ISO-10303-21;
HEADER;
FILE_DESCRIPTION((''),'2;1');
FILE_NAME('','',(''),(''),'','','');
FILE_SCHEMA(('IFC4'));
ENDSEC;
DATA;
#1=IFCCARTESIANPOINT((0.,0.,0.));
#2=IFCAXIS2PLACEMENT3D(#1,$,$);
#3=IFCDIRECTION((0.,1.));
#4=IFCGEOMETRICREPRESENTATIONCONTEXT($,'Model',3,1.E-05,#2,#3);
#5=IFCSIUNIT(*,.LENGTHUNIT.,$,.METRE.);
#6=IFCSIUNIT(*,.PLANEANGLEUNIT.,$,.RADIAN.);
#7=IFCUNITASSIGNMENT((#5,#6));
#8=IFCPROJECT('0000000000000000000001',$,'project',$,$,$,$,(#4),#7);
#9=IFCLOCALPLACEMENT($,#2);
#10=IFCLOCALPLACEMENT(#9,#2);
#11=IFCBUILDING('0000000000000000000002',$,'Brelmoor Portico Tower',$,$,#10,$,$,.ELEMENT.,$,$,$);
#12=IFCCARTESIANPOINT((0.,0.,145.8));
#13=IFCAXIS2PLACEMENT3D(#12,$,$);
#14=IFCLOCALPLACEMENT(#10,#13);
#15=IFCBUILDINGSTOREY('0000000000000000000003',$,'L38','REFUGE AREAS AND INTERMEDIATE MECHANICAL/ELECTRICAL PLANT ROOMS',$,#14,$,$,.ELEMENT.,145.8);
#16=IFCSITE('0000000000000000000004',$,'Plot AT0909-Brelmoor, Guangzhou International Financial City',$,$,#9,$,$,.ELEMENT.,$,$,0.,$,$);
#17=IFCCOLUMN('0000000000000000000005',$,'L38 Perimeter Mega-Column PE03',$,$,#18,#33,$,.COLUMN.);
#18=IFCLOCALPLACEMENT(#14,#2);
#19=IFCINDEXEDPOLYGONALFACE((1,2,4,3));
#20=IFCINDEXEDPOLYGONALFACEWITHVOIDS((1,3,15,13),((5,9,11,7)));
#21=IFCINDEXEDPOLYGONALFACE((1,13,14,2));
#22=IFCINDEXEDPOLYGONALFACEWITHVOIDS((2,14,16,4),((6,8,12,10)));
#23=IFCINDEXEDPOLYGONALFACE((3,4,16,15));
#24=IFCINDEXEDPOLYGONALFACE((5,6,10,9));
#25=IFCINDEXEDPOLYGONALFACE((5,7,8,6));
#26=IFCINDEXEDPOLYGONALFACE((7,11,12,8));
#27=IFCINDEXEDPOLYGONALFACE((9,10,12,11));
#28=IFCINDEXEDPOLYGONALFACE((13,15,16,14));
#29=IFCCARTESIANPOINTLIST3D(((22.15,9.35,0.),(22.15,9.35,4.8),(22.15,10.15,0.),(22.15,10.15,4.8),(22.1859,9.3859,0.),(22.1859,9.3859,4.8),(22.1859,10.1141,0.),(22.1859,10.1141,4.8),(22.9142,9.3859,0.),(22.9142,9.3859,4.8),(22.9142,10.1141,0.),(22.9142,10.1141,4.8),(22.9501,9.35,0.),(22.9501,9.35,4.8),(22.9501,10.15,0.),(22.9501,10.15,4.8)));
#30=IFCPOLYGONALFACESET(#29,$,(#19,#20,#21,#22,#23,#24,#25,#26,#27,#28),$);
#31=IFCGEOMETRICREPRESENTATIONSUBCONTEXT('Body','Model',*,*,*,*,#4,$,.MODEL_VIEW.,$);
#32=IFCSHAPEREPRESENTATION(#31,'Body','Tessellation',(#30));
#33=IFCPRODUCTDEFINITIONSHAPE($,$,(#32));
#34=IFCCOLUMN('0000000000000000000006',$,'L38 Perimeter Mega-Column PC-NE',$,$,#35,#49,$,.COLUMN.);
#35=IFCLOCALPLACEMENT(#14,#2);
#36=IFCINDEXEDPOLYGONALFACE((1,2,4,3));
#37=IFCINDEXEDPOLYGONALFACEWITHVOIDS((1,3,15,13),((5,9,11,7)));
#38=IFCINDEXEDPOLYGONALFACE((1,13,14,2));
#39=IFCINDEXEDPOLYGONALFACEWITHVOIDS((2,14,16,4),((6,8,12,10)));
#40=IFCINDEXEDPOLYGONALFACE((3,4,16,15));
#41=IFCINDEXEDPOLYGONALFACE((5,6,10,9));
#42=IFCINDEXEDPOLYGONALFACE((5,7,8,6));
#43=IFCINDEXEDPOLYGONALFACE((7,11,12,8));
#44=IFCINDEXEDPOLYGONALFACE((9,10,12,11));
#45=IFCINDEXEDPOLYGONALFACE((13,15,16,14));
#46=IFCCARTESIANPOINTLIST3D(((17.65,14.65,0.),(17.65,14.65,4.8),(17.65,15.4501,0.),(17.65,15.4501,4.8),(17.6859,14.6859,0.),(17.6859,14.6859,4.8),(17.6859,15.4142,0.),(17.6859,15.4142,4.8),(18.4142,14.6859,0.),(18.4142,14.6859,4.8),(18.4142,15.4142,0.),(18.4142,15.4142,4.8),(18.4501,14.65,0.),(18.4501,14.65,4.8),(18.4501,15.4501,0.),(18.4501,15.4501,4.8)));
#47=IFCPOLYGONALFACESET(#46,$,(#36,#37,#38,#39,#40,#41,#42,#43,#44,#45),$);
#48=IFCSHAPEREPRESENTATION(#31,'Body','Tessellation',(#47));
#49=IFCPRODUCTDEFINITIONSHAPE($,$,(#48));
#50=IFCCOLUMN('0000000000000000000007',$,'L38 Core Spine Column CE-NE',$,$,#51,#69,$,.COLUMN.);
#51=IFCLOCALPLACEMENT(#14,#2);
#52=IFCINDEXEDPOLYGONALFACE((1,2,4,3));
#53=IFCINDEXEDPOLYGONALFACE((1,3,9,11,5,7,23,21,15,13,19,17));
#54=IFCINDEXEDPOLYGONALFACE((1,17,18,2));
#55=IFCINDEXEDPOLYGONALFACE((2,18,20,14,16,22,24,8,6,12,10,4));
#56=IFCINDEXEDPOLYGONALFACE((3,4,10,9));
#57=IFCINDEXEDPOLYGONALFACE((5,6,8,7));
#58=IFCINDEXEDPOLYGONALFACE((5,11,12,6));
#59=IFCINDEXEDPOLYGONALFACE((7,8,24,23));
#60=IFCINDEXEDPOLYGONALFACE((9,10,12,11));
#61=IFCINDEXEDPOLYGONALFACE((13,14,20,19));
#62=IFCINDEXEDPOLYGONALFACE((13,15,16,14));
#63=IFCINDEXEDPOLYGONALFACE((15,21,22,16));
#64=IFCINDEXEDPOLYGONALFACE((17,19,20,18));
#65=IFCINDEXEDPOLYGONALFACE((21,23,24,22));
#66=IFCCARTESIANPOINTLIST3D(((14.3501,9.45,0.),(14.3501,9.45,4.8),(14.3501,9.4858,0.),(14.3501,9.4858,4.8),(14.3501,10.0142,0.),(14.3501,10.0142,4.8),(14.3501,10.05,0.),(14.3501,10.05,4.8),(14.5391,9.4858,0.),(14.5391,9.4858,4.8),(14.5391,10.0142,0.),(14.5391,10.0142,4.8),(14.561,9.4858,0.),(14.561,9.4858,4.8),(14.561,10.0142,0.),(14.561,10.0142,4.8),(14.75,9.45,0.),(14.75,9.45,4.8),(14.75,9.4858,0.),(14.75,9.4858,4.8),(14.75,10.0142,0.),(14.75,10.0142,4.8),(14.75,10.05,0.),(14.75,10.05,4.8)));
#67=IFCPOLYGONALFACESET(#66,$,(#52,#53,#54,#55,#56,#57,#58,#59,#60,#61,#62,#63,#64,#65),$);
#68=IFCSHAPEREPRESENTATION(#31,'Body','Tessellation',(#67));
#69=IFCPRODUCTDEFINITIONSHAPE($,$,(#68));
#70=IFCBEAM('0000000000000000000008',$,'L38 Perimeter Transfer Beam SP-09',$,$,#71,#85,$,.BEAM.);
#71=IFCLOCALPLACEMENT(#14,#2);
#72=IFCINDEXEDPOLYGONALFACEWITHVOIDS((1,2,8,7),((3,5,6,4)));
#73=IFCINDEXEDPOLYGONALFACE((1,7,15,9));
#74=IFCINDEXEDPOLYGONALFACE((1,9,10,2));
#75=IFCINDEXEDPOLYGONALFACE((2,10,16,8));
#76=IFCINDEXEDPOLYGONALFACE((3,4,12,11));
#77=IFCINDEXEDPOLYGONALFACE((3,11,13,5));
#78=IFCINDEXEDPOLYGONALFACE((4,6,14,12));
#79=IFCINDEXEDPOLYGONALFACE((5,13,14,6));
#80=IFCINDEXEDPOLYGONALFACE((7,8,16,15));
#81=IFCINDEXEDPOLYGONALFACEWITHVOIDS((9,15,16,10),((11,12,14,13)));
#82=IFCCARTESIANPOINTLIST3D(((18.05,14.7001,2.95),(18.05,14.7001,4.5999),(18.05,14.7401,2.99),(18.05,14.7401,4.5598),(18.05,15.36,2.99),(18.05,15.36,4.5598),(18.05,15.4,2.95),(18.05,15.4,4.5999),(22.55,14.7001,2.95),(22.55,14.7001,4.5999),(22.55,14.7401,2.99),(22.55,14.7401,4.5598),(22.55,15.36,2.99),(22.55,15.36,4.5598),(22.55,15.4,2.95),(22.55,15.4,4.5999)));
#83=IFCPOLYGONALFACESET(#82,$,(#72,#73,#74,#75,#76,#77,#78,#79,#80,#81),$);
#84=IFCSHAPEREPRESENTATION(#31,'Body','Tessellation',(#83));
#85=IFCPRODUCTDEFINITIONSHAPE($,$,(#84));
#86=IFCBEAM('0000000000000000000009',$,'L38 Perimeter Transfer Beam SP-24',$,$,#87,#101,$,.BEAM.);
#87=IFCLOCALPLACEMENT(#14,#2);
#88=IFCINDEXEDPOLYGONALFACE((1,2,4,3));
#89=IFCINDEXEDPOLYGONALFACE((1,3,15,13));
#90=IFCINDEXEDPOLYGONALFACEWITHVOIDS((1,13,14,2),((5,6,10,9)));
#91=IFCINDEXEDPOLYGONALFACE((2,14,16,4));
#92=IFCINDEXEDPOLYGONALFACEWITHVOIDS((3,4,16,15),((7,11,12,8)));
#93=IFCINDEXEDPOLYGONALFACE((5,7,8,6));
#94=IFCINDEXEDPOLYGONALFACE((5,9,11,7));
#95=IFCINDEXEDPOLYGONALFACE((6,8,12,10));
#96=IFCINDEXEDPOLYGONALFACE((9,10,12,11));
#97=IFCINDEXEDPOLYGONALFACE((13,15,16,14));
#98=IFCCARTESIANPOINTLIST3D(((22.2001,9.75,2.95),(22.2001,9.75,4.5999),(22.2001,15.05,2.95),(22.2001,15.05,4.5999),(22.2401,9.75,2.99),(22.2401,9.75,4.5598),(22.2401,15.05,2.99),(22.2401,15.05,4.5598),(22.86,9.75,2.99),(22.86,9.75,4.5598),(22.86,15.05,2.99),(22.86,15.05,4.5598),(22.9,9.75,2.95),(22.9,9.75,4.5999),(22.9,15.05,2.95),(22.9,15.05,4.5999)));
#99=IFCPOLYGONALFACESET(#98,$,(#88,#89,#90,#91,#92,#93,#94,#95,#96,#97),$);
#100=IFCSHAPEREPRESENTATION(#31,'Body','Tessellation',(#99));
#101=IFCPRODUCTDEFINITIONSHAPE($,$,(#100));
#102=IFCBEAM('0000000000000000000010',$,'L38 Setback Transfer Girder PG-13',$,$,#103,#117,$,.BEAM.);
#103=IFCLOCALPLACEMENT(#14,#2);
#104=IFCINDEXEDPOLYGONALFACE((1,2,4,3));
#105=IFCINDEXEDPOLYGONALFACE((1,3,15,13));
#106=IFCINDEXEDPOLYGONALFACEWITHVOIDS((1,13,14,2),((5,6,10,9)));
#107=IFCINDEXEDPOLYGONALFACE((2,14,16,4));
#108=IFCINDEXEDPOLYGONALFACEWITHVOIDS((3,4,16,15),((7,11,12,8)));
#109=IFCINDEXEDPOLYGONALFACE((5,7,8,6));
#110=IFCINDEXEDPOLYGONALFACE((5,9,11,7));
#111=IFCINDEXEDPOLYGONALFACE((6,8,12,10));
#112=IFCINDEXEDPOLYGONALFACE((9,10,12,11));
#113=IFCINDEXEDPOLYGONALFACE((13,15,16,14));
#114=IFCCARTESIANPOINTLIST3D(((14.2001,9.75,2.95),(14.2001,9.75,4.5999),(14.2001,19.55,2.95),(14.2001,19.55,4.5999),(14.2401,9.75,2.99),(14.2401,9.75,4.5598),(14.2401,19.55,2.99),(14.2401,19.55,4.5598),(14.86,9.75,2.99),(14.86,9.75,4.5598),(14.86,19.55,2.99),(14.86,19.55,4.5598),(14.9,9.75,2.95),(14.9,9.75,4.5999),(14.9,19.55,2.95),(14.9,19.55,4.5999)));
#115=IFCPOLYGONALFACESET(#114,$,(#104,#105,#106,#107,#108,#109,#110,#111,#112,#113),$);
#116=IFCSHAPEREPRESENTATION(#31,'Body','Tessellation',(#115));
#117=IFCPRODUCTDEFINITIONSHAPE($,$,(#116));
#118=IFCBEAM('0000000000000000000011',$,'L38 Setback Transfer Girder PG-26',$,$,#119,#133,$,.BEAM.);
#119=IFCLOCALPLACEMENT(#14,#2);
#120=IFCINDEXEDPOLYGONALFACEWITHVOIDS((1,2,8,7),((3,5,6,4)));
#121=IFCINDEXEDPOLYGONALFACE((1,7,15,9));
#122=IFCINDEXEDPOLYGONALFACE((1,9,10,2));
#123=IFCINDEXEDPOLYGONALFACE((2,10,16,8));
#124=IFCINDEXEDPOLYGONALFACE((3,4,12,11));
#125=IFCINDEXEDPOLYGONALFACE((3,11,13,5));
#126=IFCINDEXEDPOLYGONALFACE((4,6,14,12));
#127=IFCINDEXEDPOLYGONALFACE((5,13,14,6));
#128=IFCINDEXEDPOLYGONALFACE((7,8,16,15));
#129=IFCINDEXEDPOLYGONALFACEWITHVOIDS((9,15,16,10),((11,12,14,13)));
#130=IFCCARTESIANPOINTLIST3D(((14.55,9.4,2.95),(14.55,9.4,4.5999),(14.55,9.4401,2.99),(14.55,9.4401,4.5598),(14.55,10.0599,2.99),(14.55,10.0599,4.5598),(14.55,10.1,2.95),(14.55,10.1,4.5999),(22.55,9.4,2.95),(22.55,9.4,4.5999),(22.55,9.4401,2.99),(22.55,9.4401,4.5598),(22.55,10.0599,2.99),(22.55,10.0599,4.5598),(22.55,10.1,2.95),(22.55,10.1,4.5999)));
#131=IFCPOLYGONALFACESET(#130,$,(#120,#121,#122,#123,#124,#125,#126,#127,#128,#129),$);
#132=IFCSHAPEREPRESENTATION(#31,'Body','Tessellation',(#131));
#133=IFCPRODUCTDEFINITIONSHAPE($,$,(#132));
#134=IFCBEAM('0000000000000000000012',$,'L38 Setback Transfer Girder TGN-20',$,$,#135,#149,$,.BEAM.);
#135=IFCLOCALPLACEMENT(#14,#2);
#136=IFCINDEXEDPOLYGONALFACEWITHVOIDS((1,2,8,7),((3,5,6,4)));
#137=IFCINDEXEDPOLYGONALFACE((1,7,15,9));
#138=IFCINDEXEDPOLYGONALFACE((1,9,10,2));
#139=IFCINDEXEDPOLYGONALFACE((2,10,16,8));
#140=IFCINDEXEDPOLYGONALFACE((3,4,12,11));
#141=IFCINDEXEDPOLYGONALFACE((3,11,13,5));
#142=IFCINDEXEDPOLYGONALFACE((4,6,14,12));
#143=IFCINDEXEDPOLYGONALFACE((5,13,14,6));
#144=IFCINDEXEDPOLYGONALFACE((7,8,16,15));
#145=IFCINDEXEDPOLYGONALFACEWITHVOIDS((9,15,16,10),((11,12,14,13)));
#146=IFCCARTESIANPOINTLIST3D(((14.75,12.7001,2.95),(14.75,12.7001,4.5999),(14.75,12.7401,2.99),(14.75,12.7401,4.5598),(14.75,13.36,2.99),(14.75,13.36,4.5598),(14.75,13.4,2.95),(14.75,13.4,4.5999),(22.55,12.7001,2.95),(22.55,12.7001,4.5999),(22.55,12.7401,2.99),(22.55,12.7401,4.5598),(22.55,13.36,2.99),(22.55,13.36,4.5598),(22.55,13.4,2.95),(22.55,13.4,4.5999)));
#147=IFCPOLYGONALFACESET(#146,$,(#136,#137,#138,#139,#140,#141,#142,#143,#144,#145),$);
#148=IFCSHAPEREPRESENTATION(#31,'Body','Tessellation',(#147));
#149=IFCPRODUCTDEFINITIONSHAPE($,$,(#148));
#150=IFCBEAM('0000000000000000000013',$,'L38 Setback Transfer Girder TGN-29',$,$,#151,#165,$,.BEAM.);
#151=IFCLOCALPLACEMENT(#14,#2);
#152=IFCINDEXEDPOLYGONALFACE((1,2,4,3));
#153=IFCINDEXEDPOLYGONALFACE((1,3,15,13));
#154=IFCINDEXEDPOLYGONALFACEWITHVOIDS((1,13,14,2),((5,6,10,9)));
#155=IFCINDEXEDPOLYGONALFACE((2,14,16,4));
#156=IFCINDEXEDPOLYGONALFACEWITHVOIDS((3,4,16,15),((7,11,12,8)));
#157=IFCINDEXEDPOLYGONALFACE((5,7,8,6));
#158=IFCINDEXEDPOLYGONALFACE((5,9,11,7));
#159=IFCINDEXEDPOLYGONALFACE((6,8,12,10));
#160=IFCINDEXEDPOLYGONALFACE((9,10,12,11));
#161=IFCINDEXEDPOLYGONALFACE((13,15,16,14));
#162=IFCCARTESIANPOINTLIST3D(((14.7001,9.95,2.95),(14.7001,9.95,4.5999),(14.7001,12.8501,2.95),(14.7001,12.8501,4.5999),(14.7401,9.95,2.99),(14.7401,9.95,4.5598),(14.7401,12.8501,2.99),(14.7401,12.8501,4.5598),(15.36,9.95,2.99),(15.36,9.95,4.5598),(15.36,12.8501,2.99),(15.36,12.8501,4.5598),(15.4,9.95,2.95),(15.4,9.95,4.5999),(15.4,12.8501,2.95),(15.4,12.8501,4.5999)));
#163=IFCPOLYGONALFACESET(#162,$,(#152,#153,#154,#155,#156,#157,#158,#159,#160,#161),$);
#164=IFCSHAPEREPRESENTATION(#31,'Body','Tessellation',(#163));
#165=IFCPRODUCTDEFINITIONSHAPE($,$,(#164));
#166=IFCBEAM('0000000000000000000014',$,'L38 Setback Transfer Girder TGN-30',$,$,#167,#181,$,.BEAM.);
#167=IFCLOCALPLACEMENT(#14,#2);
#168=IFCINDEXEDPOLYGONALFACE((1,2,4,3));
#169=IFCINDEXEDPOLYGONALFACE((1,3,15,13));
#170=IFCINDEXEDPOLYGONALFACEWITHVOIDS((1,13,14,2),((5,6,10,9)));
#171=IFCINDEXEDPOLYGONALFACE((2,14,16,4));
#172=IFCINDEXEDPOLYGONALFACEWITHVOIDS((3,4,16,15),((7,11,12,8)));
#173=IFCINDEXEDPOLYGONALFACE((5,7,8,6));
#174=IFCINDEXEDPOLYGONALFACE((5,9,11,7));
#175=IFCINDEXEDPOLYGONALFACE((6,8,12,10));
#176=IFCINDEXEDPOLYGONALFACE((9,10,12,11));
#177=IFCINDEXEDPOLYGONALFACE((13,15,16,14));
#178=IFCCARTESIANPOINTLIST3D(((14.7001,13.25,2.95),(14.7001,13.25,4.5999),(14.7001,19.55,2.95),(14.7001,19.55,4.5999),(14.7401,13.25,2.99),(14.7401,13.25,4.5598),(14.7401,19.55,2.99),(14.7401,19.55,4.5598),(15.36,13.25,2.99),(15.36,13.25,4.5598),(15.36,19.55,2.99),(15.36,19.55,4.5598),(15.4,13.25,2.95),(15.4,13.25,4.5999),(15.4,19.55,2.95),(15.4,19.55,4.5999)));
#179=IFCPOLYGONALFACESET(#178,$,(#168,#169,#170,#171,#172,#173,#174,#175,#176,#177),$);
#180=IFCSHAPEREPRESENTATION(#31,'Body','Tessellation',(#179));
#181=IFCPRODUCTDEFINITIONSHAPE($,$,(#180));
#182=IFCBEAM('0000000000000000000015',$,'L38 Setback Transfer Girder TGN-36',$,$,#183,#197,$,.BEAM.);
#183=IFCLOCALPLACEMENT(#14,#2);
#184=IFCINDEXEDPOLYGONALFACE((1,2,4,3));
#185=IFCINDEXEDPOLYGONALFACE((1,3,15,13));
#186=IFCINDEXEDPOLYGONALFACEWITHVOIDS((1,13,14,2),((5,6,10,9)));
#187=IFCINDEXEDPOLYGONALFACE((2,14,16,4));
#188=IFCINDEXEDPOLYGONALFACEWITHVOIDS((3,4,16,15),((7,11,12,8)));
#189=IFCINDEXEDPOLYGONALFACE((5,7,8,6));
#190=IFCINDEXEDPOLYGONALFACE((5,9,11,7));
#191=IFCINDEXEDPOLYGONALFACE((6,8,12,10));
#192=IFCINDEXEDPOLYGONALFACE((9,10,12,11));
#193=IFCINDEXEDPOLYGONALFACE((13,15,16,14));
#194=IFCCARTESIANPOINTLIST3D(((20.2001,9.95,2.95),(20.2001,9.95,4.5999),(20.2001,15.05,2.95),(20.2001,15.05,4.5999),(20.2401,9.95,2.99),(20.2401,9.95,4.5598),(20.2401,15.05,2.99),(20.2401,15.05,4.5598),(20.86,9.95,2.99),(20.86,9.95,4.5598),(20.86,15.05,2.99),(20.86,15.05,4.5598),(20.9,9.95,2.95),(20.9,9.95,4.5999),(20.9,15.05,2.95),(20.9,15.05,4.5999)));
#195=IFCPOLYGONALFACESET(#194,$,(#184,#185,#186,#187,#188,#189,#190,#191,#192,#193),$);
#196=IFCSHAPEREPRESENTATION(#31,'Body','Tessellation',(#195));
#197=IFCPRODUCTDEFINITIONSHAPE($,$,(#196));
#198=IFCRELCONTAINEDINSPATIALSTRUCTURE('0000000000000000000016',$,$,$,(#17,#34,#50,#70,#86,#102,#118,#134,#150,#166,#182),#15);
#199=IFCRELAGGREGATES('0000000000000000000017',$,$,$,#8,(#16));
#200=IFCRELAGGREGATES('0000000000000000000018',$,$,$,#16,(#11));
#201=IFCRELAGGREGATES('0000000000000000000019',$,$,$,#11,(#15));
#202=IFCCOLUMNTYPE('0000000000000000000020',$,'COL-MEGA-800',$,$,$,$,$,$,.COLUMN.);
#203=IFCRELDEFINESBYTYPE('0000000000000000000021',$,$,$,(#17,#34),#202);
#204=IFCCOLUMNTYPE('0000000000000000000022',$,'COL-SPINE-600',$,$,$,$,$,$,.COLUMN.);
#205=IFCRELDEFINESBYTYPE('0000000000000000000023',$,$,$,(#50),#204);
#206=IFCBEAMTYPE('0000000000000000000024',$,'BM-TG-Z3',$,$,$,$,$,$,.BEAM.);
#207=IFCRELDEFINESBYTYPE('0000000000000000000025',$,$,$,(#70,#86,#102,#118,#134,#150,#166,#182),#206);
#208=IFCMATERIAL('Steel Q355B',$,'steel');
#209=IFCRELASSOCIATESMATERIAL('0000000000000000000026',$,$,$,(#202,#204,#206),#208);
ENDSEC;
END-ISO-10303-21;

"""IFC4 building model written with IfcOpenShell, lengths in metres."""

from ifc_helpers import new_model, si_unit, direction, frame, origin, origin_2d, place, context, subcontext, project, spatial, hollow_rectangle, i_section, extrude, material, material_profile, profile_set, type_object, element, save


model = new_model("IFC4")

# Units and contexts
model_context = context("Model", 3, precision=1e-05, world=origin(), true_north=direction((0.0, 1.0)))
body_context = subcontext(model_context, "Body", "Model", "MODEL_VIEW")
ifc_project = project(units=[si_unit("LENGTHUNIT", "METRE"), si_unit("PLANEANGLEUNIT", "RADIAN")], contexts=[model_context])

# Site, building, storey
site_placement = place(None, origin())
site = spatial("IfcSite", under=ifc_project, at=site_placement, Name="Plot AT0909-Brelmoor, Guangzhou International Financial City", CompositionType="ELEMENT", RefElevation=0.0)
building_placement = place(site_placement, origin())
building = spatial("IfcBuilding", under=site, at=building_placement, Name="Brelmoor Portico Tower", CompositionType="ELEMENT")
storey_placement = place(building_placement, frame((0.0, 0.0, 145.8)))
storey = spatial("IfcBuildingStorey", under=building, at=storey_placement, Name="L38", Description="REFUGE AREAS AND INTERMEDIATE MECHANICAL/ELECTRICAL PLANT ROOMS", CompositionType="ELEMENT", Elevation=145.8)

# Columns
ifc_material_1 = material(Name="Steel Q355B", Category="steel")
ifc_material_profile_1 = material_profile(ifc_material_1, hollow_rectangle(XDim=0.8, YDim=0.8, WallThickness=0.0359, at=origin_2d()), Name="BOX 800x800x36")
ifc_profile_set_1 = profile_set([ifc_material_profile_1], Name="Steel Q355B")
column_type_1 = type_object("IfcColumnType", Name="COL-MEGA-800", PredefinedType="COLUMN", material=ifc_profile_set_1)
for number, where, z_axis, x_axis, name in (
    (1, (22.55, 9.75, 0.0), (0.0, 0.0, 1.0), (0.0, 1.0, 0.0), "L38 Perimeter Mega-Column PE03"),
    (2, (18.05, 15.05, 0.0), (0.0, 0.0, 1.0), (1.0, 0.0, 0.0), "L38 Perimeter Mega-Column PC-NE"),
):
    element("IfcColumn", number, at=place(storey_placement, frame(where, z_axis=z_axis, x_axis=x_axis)), inside=storey, type_object=column_type_1, Name=name, PredefinedType="COLUMN", context=body_context, shape_type="SweptSolid", body=[
        extrude(hollow_rectangle(XDim=0.8, YDim=0.8, WallThickness=0.0359, at=origin_2d()), origin(), (0.0, 0.0, 1.0), 4.8),
    ])
ifc_material_profile_2 = material_profile(ifc_material_1, i_section(OverallWidth=0.3999, OverallDepth=0.6001, WebThickness=0.022, FlangeThickness=0.0359, at=origin_2d()), Name="HW 600x400x22x36")
ifc_profile_set_2 = profile_set([ifc_material_profile_2], Name="Steel Q355B")
column_type_2 = type_object("IfcColumnType", Name="COL-SPINE-600", PredefinedType="COLUMN", material=ifc_profile_set_2)
column_placement = place(storey_placement, frame((14.55, 9.75, 0.0), z_axis=(0.0, 0.0, 1.0), x_axis=(1.0, 0.0, 0.0)))
element("IfcColumn", 3, at=column_placement, inside=storey, type_object=column_type_2, Name="L38 Core Spine Column CE-NE", PredefinedType="COLUMN", context=body_context, shape_type="SweptSolid", body=[
    extrude(i_section(OverallWidth=0.3999, OverallDepth=0.6001, WebThickness=0.022, FlangeThickness=0.0359, at=origin_2d()), origin(), (0.0, 0.0, 1.0), 4.8),
])

# Beams
ifc_material_profile_3 = material_profile(ifc_material_1, hollow_rectangle(XDim=0.7, YDim=1.6499, WallThickness=0.04, at=origin_2d()), Name="BOX 700x1650x40")
ifc_profile_set_3 = profile_set([ifc_material_profile_3], Name="Steel Q355B")
beam_type = type_object("IfcBeamType", Name="BM-TG-Z3", PredefinedType="BEAM", material=ifc_profile_set_3)
beam_1_placement = place(storey_placement, frame((18.05, 15.05, 3.7749), z_axis=(1.0, 0.0, 0.0), x_axis=(0.0, 1.0, 0.0)))
element("IfcBeam", 4, at=beam_1_placement, inside=storey, type_object=beam_type, Name="L38 Perimeter Transfer Beam SP-09", PredefinedType="BEAM", context=body_context, shape_type="SweptSolid", body=[
    extrude(hollow_rectangle(XDim=0.7, YDim=1.6499, WallThickness=0.04, at=origin_2d()), origin(), (0.0, 0.0, 1.0), 4.5),
])
beam_2_placement = place(storey_placement, frame((22.55, 9.75, 3.7749), z_axis=(0.0, 1.0, 0.0), x_axis=(-1.0, 0.0, 0.0)))
element("IfcBeam", 5, at=beam_2_placement, inside=storey, type_object=beam_type, Name="L38 Perimeter Transfer Beam SP-24", PredefinedType="BEAM", context=body_context, shape_type="SweptSolid", body=[
    extrude(hollow_rectangle(XDim=0.7, YDim=1.6499, WallThickness=0.04, at=origin_2d()), origin(), (0.0, 0.0, 1.0), 5.3),
])
beam_3_placement = place(storey_placement, frame((14.55, 9.75, 3.7749), z_axis=(0.0, 1.0, 0.0), x_axis=(-1.0, 0.0, 0.0)))
element("IfcBeam", 6, at=beam_3_placement, inside=storey, type_object=beam_type, Name="L38 Setback Transfer Girder PG-13", PredefinedType="BEAM", context=body_context, shape_type="SweptSolid", body=[
    extrude(hollow_rectangle(XDim=0.7, YDim=1.6499, WallThickness=0.04, at=origin_2d()), origin(), (0.0, 0.0, 1.0), 9.8),
])
beam_4_placement = place(storey_placement, frame((14.55, 9.75, 3.7749), z_axis=(1.0, 0.0, 0.0), x_axis=(0.0, 1.0, 0.0)))
element("IfcBeam", 7, at=beam_4_placement, inside=storey, type_object=beam_type, Name="L38 Setback Transfer Girder PG-26", PredefinedType="BEAM", context=body_context, shape_type="SweptSolid", body=[
    extrude(hollow_rectangle(XDim=0.7, YDim=1.6499, WallThickness=0.04, at=origin_2d()), origin(), (0.0, 0.0, 1.0), 8.0),
])
beam_5_placement = place(storey_placement, frame((14.75, 13.05, 3.7749), z_axis=(1.0, 0.0, 0.0), x_axis=(0.0, 1.0, 0.0)))
element("IfcBeam", 8, at=beam_5_placement, inside=storey, type_object=beam_type, Name="L38 Setback Transfer Girder TGN-20", PredefinedType="BEAM", context=body_context, shape_type="SweptSolid", body=[
    extrude(hollow_rectangle(XDim=0.7, YDim=1.6499, WallThickness=0.04, at=origin_2d()), origin(), (0.0, 0.0, 1.0), 7.8),
])
beam_6_placement = place(storey_placement, frame((15.05, 9.95, 3.7749), z_axis=(0.0, 1.0, 0.0), x_axis=(-1.0, 0.0, 0.0)))
element("IfcBeam", 9, at=beam_6_placement, inside=storey, type_object=beam_type, Name="L38 Setback Transfer Girder TGN-29", PredefinedType="BEAM", context=body_context, shape_type="SweptSolid", body=[
    extrude(hollow_rectangle(XDim=0.7, YDim=1.6499, WallThickness=0.04, at=origin_2d()), origin(), (0.0, 0.0, 1.0), 2.9001),
])
beam_7_placement = place(storey_placement, frame((15.05, 13.25, 3.7749), z_axis=(0.0, 1.0, 0.0), x_axis=(-1.0, 0.0, 0.0)))
element("IfcBeam", 10, at=beam_7_placement, inside=storey, type_object=beam_type, Name="L38 Setback Transfer Girder TGN-30", PredefinedType="BEAM", context=body_context, shape_type="SweptSolid", body=[
    extrude(hollow_rectangle(XDim=0.7, YDim=1.6499, WallThickness=0.04, at=origin_2d()), origin(), (0.0, 0.0, 1.0), 6.3),
])
beam_8_placement = place(storey_placement, frame((20.55, 9.95, 3.7749), z_axis=(0.0, 1.0, 0.0), x_axis=(-1.0, 0.0, 0.0)))
element("IfcBeam", 11, at=beam_8_placement, inside=storey, type_object=beam_type, Name="L38 Setback Transfer Girder TGN-36", PredefinedType="BEAM", context=body_context, shape_type="SweptSolid", body=[
    extrude(hollow_rectangle(XDim=0.7, YDim=1.6499, WallThickness=0.04, at=origin_2d()), origin(), (0.0, 0.0, 1.0), 5.1001),
])

save(model, "model.ifc")
